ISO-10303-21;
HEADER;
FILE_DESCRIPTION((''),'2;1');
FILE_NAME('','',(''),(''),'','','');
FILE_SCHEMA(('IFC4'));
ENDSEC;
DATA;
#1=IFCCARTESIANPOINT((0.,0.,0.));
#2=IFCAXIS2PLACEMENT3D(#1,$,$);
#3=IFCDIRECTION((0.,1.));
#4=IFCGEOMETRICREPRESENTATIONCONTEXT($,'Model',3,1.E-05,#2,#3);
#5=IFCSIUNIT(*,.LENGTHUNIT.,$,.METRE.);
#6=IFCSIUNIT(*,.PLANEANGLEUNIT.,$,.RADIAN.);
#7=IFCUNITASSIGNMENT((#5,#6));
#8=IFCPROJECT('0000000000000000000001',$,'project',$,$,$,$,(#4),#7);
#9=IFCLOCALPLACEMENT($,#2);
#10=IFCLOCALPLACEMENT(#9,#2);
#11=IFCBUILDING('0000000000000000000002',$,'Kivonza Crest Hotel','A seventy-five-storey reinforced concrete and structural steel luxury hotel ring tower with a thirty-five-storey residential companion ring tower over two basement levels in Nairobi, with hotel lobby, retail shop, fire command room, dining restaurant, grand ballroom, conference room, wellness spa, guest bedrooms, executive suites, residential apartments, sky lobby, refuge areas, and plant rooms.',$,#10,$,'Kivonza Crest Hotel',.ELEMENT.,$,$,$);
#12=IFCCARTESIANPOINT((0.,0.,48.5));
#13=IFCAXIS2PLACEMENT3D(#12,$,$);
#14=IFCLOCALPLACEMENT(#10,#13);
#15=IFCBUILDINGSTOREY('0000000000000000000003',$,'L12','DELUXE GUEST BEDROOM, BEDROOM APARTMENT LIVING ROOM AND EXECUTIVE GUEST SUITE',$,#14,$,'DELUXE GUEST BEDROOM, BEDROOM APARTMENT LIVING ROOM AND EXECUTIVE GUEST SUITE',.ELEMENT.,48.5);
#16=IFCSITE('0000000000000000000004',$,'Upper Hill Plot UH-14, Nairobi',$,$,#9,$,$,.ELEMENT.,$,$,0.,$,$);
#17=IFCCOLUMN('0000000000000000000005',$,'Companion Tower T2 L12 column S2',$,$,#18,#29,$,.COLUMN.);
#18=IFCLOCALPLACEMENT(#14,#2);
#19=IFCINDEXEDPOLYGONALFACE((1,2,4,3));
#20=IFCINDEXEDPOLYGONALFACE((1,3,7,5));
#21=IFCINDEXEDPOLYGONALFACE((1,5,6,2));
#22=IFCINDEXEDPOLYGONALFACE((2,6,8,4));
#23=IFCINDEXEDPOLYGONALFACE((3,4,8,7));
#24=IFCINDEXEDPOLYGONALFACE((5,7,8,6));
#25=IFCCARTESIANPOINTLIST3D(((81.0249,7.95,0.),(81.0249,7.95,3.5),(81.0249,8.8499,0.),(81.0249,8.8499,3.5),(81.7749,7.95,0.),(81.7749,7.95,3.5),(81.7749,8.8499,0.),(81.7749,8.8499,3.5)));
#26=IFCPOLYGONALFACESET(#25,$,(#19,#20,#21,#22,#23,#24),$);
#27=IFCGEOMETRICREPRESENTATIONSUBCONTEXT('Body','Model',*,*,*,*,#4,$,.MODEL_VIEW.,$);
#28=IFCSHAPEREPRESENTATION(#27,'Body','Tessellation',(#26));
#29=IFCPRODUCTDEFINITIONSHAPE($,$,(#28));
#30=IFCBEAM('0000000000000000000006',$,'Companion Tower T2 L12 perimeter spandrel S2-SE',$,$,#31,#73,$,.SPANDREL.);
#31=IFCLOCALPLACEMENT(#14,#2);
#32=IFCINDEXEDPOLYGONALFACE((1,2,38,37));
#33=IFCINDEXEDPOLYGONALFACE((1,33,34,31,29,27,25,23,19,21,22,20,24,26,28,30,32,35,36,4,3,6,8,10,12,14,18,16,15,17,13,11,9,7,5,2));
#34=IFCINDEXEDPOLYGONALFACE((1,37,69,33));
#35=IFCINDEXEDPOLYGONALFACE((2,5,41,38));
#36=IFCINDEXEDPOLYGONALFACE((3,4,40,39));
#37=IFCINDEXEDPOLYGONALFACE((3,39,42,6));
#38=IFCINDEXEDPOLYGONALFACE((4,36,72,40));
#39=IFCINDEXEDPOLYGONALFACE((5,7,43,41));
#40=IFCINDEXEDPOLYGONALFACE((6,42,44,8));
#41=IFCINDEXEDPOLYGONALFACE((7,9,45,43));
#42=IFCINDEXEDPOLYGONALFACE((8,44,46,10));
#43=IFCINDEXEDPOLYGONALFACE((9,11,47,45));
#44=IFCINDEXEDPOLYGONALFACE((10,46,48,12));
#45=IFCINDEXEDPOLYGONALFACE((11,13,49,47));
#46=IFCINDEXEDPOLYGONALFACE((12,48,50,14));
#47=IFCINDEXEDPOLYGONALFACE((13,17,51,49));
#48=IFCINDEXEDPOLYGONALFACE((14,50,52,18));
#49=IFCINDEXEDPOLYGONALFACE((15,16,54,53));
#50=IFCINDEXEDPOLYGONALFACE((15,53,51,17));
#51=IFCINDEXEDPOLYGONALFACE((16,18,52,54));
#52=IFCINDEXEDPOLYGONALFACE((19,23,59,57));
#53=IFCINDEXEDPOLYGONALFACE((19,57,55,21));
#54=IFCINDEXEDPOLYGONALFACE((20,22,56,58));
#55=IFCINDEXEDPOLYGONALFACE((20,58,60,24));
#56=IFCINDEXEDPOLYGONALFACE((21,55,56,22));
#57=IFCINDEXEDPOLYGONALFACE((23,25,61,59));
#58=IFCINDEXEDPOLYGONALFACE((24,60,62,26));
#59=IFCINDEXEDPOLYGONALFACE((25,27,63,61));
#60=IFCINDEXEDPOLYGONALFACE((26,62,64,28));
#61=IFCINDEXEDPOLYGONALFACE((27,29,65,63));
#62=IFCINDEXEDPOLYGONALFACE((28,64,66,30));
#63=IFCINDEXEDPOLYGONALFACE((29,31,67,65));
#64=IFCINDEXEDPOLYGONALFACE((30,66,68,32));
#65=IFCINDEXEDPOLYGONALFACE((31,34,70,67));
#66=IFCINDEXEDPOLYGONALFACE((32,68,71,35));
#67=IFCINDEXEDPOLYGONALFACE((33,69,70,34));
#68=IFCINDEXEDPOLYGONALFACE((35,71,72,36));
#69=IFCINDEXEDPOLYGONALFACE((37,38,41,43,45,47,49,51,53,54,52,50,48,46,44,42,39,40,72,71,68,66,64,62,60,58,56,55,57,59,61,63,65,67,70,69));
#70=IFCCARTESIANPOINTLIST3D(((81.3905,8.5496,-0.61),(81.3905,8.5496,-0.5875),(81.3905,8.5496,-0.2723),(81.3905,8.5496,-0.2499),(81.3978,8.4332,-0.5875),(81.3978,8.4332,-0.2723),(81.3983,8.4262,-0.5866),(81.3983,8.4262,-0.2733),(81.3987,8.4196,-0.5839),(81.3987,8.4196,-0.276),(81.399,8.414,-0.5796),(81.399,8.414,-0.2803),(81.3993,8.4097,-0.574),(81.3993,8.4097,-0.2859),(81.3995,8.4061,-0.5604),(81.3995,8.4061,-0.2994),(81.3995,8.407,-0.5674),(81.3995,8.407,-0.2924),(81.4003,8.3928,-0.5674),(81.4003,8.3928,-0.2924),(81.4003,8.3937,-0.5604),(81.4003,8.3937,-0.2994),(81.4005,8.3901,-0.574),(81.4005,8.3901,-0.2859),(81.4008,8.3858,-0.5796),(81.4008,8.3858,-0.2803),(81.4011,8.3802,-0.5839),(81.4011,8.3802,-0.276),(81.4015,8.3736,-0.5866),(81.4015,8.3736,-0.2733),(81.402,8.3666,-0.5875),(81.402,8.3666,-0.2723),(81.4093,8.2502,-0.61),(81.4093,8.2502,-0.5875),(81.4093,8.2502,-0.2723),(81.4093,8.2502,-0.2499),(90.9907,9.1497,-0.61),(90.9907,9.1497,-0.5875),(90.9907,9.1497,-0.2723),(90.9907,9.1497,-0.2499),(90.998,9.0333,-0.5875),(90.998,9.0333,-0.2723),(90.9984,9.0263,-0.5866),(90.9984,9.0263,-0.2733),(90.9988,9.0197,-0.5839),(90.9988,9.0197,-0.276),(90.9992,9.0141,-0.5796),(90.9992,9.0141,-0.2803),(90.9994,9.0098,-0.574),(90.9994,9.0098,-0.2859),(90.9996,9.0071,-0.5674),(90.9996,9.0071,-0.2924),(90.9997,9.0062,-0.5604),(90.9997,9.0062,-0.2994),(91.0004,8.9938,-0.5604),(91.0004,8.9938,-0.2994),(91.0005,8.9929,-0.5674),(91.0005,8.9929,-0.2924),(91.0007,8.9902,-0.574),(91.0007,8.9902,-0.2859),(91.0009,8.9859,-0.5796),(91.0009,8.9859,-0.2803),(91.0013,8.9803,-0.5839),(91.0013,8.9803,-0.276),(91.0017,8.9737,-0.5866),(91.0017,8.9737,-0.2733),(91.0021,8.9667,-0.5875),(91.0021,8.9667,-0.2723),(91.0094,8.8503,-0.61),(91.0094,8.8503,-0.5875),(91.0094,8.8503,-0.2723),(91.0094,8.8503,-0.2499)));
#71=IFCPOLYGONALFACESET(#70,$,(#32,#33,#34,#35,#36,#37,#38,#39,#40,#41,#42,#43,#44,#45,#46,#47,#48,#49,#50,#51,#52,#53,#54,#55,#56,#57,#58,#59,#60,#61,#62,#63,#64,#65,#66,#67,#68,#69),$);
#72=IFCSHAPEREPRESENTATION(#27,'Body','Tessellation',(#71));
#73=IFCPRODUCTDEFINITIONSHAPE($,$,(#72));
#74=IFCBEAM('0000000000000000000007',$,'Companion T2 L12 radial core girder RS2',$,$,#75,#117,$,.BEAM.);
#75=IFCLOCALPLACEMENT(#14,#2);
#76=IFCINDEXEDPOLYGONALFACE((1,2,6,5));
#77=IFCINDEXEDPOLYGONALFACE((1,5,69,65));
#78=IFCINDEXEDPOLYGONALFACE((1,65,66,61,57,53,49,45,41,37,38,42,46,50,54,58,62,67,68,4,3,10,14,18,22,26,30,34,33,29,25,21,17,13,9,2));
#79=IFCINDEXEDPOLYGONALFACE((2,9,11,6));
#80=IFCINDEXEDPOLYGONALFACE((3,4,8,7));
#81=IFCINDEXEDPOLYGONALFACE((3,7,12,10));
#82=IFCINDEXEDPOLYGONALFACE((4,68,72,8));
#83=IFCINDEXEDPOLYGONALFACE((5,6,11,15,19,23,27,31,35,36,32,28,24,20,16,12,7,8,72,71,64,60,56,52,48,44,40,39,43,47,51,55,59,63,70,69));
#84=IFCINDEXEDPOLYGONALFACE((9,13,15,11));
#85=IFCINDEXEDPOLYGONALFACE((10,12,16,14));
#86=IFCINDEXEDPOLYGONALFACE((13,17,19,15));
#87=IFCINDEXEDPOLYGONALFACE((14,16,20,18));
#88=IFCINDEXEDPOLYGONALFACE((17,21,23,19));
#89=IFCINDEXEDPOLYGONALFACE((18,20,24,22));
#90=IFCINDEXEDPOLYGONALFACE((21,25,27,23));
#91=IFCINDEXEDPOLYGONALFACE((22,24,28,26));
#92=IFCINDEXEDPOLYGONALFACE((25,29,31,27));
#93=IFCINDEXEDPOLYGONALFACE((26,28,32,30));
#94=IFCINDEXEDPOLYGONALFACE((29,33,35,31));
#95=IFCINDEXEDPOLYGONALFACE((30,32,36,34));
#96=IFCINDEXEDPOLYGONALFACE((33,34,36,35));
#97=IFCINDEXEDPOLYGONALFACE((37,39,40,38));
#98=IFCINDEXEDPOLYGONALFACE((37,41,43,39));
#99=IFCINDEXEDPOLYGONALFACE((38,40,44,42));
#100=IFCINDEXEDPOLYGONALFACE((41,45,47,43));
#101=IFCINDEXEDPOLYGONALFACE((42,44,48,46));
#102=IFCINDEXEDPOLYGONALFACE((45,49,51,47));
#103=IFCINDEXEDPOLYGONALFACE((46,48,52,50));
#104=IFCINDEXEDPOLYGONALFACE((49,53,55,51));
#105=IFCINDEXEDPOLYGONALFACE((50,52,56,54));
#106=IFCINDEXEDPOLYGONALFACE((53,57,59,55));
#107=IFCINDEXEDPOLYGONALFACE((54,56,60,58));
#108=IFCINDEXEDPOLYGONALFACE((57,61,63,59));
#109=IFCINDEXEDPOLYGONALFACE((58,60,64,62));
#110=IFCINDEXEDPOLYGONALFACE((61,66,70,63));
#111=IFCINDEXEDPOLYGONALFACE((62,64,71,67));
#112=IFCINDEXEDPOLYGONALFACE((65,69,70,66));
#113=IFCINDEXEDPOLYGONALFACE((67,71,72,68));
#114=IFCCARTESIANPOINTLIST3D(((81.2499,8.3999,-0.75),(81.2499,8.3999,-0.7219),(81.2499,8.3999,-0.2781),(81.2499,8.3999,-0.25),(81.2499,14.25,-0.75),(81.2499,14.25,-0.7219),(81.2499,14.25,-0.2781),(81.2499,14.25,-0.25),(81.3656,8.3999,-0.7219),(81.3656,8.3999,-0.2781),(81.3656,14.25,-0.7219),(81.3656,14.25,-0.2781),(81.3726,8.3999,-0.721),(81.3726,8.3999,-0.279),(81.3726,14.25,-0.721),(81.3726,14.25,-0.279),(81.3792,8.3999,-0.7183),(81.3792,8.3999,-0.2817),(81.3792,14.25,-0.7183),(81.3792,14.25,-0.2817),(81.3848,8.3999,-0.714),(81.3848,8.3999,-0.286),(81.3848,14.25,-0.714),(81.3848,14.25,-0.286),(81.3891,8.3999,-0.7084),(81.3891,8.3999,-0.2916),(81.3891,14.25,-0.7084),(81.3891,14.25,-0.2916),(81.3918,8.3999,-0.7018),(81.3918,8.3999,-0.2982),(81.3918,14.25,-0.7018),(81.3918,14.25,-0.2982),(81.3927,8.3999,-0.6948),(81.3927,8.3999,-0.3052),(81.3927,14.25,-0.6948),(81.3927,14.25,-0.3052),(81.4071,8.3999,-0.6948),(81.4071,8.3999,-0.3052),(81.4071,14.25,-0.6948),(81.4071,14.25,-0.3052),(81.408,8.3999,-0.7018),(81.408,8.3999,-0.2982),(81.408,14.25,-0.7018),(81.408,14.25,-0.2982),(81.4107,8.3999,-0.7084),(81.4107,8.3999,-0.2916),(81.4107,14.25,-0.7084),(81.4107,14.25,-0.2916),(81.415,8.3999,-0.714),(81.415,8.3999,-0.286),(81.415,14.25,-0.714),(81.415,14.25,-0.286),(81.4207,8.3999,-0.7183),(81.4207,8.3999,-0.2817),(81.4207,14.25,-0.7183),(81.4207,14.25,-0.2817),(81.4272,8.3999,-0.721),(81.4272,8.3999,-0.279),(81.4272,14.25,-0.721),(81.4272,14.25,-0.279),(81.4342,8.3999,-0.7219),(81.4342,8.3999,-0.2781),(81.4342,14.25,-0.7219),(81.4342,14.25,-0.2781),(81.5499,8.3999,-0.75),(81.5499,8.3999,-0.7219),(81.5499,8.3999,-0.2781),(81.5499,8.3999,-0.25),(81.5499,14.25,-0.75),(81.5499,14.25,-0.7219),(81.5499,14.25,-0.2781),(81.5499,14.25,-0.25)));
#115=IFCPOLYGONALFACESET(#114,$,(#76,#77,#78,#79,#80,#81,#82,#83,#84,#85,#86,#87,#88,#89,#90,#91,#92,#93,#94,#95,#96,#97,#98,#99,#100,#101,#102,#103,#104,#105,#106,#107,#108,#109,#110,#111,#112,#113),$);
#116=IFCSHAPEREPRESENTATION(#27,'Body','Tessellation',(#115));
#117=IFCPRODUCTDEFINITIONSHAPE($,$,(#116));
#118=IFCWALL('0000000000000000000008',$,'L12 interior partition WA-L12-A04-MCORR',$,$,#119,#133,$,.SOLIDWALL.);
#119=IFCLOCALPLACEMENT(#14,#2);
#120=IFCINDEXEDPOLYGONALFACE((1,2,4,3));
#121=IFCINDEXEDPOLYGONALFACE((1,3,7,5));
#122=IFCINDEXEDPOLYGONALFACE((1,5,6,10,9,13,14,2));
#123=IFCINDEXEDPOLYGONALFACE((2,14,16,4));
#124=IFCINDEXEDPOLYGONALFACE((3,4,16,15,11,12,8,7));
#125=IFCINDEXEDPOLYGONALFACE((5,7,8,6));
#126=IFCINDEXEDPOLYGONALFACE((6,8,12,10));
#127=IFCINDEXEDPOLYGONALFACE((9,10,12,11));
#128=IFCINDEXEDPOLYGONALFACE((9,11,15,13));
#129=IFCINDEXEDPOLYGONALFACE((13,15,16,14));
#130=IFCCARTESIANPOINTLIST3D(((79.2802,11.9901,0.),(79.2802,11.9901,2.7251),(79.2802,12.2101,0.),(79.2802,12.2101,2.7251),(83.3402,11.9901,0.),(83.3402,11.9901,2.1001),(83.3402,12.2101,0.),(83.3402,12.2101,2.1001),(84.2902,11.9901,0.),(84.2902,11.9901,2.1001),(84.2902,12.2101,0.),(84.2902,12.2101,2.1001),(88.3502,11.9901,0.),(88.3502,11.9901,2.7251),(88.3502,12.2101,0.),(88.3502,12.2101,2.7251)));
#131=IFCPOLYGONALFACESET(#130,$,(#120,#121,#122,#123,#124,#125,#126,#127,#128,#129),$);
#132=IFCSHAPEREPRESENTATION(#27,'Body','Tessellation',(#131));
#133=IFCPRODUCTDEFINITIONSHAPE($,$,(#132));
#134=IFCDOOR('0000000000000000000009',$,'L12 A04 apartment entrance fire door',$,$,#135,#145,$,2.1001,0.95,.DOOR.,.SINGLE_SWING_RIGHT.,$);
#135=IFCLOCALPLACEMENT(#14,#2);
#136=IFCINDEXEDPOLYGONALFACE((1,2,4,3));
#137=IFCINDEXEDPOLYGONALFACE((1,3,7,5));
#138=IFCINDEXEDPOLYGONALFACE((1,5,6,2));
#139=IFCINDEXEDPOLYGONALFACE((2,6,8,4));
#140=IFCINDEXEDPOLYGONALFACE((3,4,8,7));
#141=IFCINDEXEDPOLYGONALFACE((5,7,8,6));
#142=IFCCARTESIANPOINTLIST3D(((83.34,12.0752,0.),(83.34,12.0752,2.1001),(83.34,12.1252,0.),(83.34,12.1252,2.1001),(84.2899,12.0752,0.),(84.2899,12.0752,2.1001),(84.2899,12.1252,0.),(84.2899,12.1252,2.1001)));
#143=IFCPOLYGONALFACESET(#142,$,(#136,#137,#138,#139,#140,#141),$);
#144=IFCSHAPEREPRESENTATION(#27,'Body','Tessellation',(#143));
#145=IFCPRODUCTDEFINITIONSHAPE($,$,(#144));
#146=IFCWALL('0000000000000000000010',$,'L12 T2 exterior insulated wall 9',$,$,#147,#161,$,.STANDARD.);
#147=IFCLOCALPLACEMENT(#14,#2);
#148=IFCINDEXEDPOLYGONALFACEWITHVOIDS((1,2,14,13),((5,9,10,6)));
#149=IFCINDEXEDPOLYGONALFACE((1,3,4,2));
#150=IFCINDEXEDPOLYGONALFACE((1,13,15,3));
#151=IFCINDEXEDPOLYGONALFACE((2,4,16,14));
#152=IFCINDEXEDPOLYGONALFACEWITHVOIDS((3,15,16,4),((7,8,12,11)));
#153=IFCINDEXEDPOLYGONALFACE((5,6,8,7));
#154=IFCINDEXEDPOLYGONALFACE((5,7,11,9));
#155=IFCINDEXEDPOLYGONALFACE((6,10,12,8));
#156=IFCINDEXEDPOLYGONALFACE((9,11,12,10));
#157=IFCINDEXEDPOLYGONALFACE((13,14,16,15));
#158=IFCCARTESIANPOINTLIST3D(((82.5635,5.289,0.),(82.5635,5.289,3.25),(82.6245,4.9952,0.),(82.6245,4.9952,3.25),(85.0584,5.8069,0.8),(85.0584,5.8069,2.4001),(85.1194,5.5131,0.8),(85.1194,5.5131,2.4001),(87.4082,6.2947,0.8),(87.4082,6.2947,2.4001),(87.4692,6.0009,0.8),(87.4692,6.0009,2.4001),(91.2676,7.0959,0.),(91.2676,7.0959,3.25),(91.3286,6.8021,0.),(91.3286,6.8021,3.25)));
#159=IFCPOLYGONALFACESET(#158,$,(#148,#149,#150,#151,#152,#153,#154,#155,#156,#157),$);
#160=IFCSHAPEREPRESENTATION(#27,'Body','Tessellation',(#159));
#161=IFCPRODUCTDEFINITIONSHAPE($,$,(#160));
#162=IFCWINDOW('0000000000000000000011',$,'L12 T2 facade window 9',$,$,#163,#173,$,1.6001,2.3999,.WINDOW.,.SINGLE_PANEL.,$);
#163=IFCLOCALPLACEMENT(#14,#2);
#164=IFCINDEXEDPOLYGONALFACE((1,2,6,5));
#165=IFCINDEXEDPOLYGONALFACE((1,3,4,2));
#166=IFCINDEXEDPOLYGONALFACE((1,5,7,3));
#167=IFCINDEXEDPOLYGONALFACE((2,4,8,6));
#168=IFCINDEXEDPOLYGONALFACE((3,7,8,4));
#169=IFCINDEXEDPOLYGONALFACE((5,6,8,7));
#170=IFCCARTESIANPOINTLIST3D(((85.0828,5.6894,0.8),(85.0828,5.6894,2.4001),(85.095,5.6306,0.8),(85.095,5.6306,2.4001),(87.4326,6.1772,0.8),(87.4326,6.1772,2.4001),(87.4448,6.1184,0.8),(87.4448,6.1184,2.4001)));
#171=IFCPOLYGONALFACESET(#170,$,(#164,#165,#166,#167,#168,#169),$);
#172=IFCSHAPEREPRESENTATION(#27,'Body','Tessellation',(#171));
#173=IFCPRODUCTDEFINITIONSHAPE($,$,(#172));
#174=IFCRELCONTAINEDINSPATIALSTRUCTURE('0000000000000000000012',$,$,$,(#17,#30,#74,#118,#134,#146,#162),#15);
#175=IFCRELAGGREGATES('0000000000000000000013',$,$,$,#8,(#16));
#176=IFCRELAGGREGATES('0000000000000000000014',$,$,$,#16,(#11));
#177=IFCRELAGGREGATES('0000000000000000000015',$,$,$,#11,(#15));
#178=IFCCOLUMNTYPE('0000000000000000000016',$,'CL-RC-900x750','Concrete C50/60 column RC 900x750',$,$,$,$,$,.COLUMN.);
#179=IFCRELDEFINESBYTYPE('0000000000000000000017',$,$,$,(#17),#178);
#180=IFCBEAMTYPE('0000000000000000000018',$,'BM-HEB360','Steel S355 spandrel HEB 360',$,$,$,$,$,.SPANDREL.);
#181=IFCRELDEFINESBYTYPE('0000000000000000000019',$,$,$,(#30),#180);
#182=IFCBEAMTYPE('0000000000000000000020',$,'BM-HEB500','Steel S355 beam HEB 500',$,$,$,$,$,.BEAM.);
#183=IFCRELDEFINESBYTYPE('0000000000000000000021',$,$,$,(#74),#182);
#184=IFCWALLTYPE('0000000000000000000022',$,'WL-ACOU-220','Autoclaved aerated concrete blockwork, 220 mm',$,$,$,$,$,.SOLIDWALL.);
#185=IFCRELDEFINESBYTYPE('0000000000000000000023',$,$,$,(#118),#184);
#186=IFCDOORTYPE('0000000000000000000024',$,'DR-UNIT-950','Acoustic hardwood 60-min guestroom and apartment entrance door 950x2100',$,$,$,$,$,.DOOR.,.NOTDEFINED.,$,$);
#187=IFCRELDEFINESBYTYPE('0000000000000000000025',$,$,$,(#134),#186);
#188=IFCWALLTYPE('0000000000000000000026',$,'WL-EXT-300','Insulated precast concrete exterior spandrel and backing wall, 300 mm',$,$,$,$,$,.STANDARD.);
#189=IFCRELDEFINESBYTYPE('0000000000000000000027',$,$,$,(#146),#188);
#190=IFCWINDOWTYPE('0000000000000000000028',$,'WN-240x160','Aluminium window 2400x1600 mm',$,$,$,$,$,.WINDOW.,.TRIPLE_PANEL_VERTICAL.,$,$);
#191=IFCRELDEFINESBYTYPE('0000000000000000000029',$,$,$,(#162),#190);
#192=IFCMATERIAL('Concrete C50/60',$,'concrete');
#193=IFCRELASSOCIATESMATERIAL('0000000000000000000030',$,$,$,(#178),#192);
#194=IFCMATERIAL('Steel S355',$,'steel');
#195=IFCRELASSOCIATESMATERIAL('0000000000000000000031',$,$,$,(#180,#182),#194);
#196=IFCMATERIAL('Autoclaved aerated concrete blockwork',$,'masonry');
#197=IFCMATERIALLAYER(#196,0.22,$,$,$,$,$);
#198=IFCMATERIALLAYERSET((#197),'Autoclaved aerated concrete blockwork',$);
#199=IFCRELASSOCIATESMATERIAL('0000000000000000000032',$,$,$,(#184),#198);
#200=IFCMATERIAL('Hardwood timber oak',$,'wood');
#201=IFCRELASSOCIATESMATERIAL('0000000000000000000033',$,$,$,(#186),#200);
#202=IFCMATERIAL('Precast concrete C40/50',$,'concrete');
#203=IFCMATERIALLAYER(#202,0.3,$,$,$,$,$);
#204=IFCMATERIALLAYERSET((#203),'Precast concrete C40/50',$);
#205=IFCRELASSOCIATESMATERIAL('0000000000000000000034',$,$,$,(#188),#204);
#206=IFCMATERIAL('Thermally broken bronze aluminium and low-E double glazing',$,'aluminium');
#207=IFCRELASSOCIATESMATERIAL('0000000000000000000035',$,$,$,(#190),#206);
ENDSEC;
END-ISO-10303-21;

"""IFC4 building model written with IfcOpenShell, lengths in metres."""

from ifc_helpers import new_model, si_unit, direction, frame, frame_2d, origin, origin_2d, place, context, subcontext, project, spatial, rectangle, i_section, extrude, material, layer, layer_set, material_profile, profile_set, type_object, element, fill, save


model = new_model("IFC4")

# Units and contexts
model_context = context("Model", 3, precision=1e-05, world=origin(), true_north=direction((0.0, 1.0)))
body_context = subcontext(model_context, "Body", "Model", "MODEL_VIEW")
ifc_project = project(units=[si_unit("LENGTHUNIT", "METRE"), si_unit("PLANEANGLEUNIT", "RADIAN")], contexts=[model_context])

# Site, building, storey
site_placement = place(None, origin())
site = spatial("IfcSite", under=ifc_project, at=site_placement, Name="Upper Hill Plot UH-14, Nairobi", CompositionType="ELEMENT", RefElevation=0.0)
building_placement = place(site_placement, origin())
building = spatial("IfcBuilding", under=site, at=building_placement, Name="Kivonza Crest Hotel", Description="A seventy-five-storey reinforced concrete and structural steel luxury hotel ring tower with a thirty-five-storey residential companion ring tower over two basement levels in Nairobi, with hotel lobby, retail shop, fire command room, dining restaurant, grand ballroom, conference room, wellness spa, guest bedrooms, executive suites, residential apartments, sky lobby, refuge areas, and plant rooms.", LongName="Kivonza Crest Hotel", CompositionType="ELEMENT")
storey_placement = place(building_placement, frame((0.0, 0.0, 48.5)))
storey = spatial("IfcBuildingStorey", under=building, at=storey_placement, Name="L12", Description="DELUXE GUEST BEDROOM, BEDROOM APARTMENT LIVING ROOM AND EXECUTIVE GUEST SUITE", LongName="DELUXE GUEST BEDROOM, BEDROOM APARTMENT LIVING ROOM AND EXECUTIVE GUEST SUITE", CompositionType="ELEMENT", Elevation=48.5)

# Column
ifc_material_1 = material(Name="Concrete C50/60", Category="concrete")
ifc_material_profile_1 = material_profile(ifc_material_1, rectangle(XDim=0.75, YDim=0.8999, at=origin_2d()), Name="RC 900x750")
ifc_profile_set_1 = profile_set([ifc_material_profile_1], Name="Concrete C50/60")
column_type = type_object("IfcColumnType", Name="CL-RC-900x750", Description="Concrete C50/60 column RC 900x750", PredefinedType="COLUMN", material=ifc_profile_set_1)
column_placement = place(storey_placement, frame((81.3999, 8.3999, 0.0), z_axis=(0.0, 0.0, 1.0), x_axis=(1.0, 0.0, 0.0)))
element("IfcColumn", 1, at=column_placement, inside=storey, type_object=column_type, Name="Companion Tower T2 L12 column S2", PredefinedType="COLUMN", context=body_context, shape_type="SweptSolid", body=[
    extrude(rectangle(XDim=0.75, YDim=0.8999, at=origin_2d()), origin(), (0.0, 0.0, 1.0), 3.5),
])

# Beams
ifc_material_2 = material(Name="Steel S355", Category="steel")
ifc_material_profile_2 = material_profile(ifc_material_2, i_section(OverallWidth=0.3, OverallDepth=0.3601, WebThickness=0.0125, FlangeThickness=0.0225, FilletRadius=0.0271, at=origin_2d()), Name="HEB 360")
ifc_profile_set_2 = profile_set([ifc_material_profile_2], Name="Steel S355")
beam_type_1 = type_object("IfcBeamType", Name="BM-HEB360", Description="Steel S355 spandrel HEB 360", PredefinedType="SPANDREL", material=ifc_profile_set_2)
beam_1_placement = place(storey_placement, frame((81.3999, 8.3999, -0.4299), z_axis=(0.998052, 0.062388, 0.0), x_axis=(-0.062388, 0.998052, 0.0)))
element("IfcBeam", 2, at=beam_1_placement, inside=storey, type_object=beam_type_1, Name="Companion Tower T2 L12 perimeter spandrel S2-SE", PredefinedType="SPANDREL", context=body_context, shape_type="SweptSolid", body=[
    extrude(i_section(OverallWidth=0.3, OverallDepth=0.3601, WebThickness=0.0125, FlangeThickness=0.0225, FilletRadius=0.0271, at=origin_2d()), origin(), (0.0, 0.0, 1.0), 9.6189),
])
ifc_material_profile_3 = material_profile(ifc_material_2, i_section(OverallWidth=0.3, OverallDepth=0.5, WebThickness=0.0144, FlangeThickness=0.0281, FilletRadius=0.0271, at=origin_2d()), Name="HEB 500")
ifc_profile_set_3 = profile_set([ifc_material_profile_3], Name="Steel S355")
beam_type_2 = type_object("IfcBeamType", Name="BM-HEB500", Description="Steel S355 beam HEB 500", PredefinedType="BEAM", material=ifc_profile_set_3)
beam_2_placement = place(storey_placement, frame((81.3999, 8.3999, -0.5), z_axis=(0.0, 1.0, 0.0), x_axis=(-1.0, 0.0, 0.0)))
element("IfcBeam", 3, at=beam_2_placement, inside=storey, type_object=beam_type_2, Name="Companion T2 L12 radial core girder RS2", PredefinedType="BEAM", context=body_context, shape_type="SweptSolid", body=[
    extrude(i_section(OverallWidth=0.3, OverallDepth=0.5, WebThickness=0.0144, FlangeThickness=0.0281, FilletRadius=0.0271, at=origin_2d()), origin(), (0.0, 0.0, 1.0), 5.8501),
])

# Wall, opening, door
ifc_material_3 = material(Name="Autoclaved aerated concrete blockwork", Category="masonry")
ifc_layer_1 = layer(ifc_material_3, 0.22)
ifc_layer_set_1 = layer_set([ifc_layer_1], Name="Autoclaved aerated concrete blockwork")
wall_type_1 = type_object("IfcWallType", Name="WL-ACOU-220", Description="Autoclaved aerated concrete blockwork, 220 mm", PredefinedType="SOLIDWALL", material=ifc_layer_set_1)
wall_1_placement = place(storey_placement, frame((79.28, 12.1001, 0.0), z_axis=(0.0, 0.0, 1.0), x_axis=(1.0, 0.0, 0.0)))
wall_1 = element("IfcWall", 4, at=wall_1_placement, inside=storey, type_object=wall_type_1, Name="L12 interior partition WA-L12-A04-MCORR", PredefinedType="SOLIDWALL", context=body_context, shape_type="SweptSolid", body=[
    extrude(rectangle(XDim=9.0701, YDim=0.22, at=frame_2d((4.5352, 0.0))), origin(), (0.0, 0.0, 1.0), 2.7251),
])
opening_1_placement = place(wall_1_placement, frame((4.0601, 0.0, 0.0)))
opening_1 = element("IfcOpeningElement", 5, at=opening_1_placement, cuts=wall_1, PredefinedType="OPENING", context=body_context, shape_type="SweptSolid", body=[
    extrude(rectangle(XDim=0.95, YDim=2.1001, at=frame_2d((0.4751, 1.05))), frame((0.0, 0.1201, 0.0), z_axis=(0.0, -1.0, 0.0), x_axis=(1.0, 0.0, 0.0)), (0.0, 0.0, 1.0), 0.24),
])
ifc_material_4 = material(Name="Hardwood timber oak", Category="wood")
door_type_1 = type_object("IfcDoorType", Name="DR-UNIT-950", Description="Acoustic hardwood 60-min guestroom and apartment entrance door 950x2100", OperationType="NOTDEFINED", PredefinedType="DOOR", material=ifc_material_4)
door_1_placement = place(opening_1_placement, frame((0.95, 0.0, 0.0), z_axis=(0.0, 0.0, 1.0), x_axis=(-1.0, 0.0, 0.0)))
door_1 = element("IfcDoor", 6, at=door_1_placement, inside=storey, type_object=door_type_1, Name="L12 A04 apartment entrance fire door", OperationType="SINGLE_SWING_RIGHT", OverallHeight=2.1001, OverallWidth=0.95, PredefinedType="DOOR", context=body_context, shape_type="SweptSolid", body=[
    extrude(rectangle(XDim=0.95, YDim=2.1001, at=frame_2d((0.4751, 1.05))), frame((0.0, 0.0249, 0.0), z_axis=(0.0, -1.0, 0.0), x_axis=(1.0, 0.0, 0.0)), (0.0, 0.0, 1.0), 0.05),
])
fill(opening_1, door_1)

# Wall, opening, window
ifc_material_5 = material(Name="Precast concrete C40/50", Category="concrete")
ifc_layer_2 = layer(ifc_material_5, 0.3)
ifc_layer_set_2 = layer_set([ifc_layer_2], Name="Precast concrete C40/50")
wall_type_2 = type_object("IfcWallType", Name="WL-EXT-300", Description="Insulated precast concrete exterior spandrel and backing wall, 300 mm", PredefinedType="STANDARD", material=ifc_layer_set_2)
wall_2_placement = place(storey_placement, frame((82.594, 5.1421, 0.0), z_axis=(0.0, 0.0, 1.0), x_axis=(0.979125, 0.203257, 0.0)))
wall_2 = element("IfcWall", 7, at=wall_2_placement, inside=storey, type_object=wall_type_2, Name="L12 T2 exterior insulated wall 9", PredefinedType="STANDARD", context=body_context, shape_type="SweptSolid", body=[
    extrude(rectangle(XDim=8.8896, YDim=0.3, at=frame_2d((4.4448, 0.0))), origin(), (0.0, 0.0, 1.0), 3.25),
])
opening_2_placement = place(wall_2_placement, frame((2.5481, 0.0, 0.8)))
opening_2 = element("IfcOpeningElement", 8, at=opening_2_placement, cuts=wall_2, PredefinedType="OPENING", context=body_context, shape_type="SweptSolid", body=[
    extrude(rectangle(XDim=2.3999, YDim=1.6001, at=frame_2d((1.2, 0.8))), frame((0.0, 0.1602, 0.0), z_axis=(0.0, -1.0, 0.0), x_axis=(1.0, 0.0, 0.0)), (0.0, 0.0, 1.0), 0.3201),
])
ifc_material_6 = material(Name="Thermally broken bronze aluminium and low-E double glazing", Category="aluminium")
window_type = type_object("IfcWindowType", Name="WN-240x160", Description="Aluminium window 2400x1600 mm", PartitioningType="TRIPLE_PANEL_VERTICAL", PredefinedType="WINDOW", material=ifc_material_6)
window_placement = place(opening_2_placement, origin())
window = element("IfcWindow", 9, at=window_placement, inside=storey, type_object=window_type, Name="L12 T2 facade window 9", OverallHeight=1.6001, OverallWidth=2.3999, PartitioningType="SINGLE_PANEL", PredefinedType="WINDOW", context=body_context, shape_type="SweptSolid", body=[
    extrude(rectangle(XDim=2.3999, YDim=1.6001, at=frame_2d((1.2, 0.8))), frame((0.0, 0.03, 0.0), z_axis=(0.0, -1.0, 0.0), x_axis=(1.0, 0.0, 0.0)), (0.0, 0.0, 1.0), 0.0601),
])
fill(opening_2, window)

save(model, "model.ifc")
